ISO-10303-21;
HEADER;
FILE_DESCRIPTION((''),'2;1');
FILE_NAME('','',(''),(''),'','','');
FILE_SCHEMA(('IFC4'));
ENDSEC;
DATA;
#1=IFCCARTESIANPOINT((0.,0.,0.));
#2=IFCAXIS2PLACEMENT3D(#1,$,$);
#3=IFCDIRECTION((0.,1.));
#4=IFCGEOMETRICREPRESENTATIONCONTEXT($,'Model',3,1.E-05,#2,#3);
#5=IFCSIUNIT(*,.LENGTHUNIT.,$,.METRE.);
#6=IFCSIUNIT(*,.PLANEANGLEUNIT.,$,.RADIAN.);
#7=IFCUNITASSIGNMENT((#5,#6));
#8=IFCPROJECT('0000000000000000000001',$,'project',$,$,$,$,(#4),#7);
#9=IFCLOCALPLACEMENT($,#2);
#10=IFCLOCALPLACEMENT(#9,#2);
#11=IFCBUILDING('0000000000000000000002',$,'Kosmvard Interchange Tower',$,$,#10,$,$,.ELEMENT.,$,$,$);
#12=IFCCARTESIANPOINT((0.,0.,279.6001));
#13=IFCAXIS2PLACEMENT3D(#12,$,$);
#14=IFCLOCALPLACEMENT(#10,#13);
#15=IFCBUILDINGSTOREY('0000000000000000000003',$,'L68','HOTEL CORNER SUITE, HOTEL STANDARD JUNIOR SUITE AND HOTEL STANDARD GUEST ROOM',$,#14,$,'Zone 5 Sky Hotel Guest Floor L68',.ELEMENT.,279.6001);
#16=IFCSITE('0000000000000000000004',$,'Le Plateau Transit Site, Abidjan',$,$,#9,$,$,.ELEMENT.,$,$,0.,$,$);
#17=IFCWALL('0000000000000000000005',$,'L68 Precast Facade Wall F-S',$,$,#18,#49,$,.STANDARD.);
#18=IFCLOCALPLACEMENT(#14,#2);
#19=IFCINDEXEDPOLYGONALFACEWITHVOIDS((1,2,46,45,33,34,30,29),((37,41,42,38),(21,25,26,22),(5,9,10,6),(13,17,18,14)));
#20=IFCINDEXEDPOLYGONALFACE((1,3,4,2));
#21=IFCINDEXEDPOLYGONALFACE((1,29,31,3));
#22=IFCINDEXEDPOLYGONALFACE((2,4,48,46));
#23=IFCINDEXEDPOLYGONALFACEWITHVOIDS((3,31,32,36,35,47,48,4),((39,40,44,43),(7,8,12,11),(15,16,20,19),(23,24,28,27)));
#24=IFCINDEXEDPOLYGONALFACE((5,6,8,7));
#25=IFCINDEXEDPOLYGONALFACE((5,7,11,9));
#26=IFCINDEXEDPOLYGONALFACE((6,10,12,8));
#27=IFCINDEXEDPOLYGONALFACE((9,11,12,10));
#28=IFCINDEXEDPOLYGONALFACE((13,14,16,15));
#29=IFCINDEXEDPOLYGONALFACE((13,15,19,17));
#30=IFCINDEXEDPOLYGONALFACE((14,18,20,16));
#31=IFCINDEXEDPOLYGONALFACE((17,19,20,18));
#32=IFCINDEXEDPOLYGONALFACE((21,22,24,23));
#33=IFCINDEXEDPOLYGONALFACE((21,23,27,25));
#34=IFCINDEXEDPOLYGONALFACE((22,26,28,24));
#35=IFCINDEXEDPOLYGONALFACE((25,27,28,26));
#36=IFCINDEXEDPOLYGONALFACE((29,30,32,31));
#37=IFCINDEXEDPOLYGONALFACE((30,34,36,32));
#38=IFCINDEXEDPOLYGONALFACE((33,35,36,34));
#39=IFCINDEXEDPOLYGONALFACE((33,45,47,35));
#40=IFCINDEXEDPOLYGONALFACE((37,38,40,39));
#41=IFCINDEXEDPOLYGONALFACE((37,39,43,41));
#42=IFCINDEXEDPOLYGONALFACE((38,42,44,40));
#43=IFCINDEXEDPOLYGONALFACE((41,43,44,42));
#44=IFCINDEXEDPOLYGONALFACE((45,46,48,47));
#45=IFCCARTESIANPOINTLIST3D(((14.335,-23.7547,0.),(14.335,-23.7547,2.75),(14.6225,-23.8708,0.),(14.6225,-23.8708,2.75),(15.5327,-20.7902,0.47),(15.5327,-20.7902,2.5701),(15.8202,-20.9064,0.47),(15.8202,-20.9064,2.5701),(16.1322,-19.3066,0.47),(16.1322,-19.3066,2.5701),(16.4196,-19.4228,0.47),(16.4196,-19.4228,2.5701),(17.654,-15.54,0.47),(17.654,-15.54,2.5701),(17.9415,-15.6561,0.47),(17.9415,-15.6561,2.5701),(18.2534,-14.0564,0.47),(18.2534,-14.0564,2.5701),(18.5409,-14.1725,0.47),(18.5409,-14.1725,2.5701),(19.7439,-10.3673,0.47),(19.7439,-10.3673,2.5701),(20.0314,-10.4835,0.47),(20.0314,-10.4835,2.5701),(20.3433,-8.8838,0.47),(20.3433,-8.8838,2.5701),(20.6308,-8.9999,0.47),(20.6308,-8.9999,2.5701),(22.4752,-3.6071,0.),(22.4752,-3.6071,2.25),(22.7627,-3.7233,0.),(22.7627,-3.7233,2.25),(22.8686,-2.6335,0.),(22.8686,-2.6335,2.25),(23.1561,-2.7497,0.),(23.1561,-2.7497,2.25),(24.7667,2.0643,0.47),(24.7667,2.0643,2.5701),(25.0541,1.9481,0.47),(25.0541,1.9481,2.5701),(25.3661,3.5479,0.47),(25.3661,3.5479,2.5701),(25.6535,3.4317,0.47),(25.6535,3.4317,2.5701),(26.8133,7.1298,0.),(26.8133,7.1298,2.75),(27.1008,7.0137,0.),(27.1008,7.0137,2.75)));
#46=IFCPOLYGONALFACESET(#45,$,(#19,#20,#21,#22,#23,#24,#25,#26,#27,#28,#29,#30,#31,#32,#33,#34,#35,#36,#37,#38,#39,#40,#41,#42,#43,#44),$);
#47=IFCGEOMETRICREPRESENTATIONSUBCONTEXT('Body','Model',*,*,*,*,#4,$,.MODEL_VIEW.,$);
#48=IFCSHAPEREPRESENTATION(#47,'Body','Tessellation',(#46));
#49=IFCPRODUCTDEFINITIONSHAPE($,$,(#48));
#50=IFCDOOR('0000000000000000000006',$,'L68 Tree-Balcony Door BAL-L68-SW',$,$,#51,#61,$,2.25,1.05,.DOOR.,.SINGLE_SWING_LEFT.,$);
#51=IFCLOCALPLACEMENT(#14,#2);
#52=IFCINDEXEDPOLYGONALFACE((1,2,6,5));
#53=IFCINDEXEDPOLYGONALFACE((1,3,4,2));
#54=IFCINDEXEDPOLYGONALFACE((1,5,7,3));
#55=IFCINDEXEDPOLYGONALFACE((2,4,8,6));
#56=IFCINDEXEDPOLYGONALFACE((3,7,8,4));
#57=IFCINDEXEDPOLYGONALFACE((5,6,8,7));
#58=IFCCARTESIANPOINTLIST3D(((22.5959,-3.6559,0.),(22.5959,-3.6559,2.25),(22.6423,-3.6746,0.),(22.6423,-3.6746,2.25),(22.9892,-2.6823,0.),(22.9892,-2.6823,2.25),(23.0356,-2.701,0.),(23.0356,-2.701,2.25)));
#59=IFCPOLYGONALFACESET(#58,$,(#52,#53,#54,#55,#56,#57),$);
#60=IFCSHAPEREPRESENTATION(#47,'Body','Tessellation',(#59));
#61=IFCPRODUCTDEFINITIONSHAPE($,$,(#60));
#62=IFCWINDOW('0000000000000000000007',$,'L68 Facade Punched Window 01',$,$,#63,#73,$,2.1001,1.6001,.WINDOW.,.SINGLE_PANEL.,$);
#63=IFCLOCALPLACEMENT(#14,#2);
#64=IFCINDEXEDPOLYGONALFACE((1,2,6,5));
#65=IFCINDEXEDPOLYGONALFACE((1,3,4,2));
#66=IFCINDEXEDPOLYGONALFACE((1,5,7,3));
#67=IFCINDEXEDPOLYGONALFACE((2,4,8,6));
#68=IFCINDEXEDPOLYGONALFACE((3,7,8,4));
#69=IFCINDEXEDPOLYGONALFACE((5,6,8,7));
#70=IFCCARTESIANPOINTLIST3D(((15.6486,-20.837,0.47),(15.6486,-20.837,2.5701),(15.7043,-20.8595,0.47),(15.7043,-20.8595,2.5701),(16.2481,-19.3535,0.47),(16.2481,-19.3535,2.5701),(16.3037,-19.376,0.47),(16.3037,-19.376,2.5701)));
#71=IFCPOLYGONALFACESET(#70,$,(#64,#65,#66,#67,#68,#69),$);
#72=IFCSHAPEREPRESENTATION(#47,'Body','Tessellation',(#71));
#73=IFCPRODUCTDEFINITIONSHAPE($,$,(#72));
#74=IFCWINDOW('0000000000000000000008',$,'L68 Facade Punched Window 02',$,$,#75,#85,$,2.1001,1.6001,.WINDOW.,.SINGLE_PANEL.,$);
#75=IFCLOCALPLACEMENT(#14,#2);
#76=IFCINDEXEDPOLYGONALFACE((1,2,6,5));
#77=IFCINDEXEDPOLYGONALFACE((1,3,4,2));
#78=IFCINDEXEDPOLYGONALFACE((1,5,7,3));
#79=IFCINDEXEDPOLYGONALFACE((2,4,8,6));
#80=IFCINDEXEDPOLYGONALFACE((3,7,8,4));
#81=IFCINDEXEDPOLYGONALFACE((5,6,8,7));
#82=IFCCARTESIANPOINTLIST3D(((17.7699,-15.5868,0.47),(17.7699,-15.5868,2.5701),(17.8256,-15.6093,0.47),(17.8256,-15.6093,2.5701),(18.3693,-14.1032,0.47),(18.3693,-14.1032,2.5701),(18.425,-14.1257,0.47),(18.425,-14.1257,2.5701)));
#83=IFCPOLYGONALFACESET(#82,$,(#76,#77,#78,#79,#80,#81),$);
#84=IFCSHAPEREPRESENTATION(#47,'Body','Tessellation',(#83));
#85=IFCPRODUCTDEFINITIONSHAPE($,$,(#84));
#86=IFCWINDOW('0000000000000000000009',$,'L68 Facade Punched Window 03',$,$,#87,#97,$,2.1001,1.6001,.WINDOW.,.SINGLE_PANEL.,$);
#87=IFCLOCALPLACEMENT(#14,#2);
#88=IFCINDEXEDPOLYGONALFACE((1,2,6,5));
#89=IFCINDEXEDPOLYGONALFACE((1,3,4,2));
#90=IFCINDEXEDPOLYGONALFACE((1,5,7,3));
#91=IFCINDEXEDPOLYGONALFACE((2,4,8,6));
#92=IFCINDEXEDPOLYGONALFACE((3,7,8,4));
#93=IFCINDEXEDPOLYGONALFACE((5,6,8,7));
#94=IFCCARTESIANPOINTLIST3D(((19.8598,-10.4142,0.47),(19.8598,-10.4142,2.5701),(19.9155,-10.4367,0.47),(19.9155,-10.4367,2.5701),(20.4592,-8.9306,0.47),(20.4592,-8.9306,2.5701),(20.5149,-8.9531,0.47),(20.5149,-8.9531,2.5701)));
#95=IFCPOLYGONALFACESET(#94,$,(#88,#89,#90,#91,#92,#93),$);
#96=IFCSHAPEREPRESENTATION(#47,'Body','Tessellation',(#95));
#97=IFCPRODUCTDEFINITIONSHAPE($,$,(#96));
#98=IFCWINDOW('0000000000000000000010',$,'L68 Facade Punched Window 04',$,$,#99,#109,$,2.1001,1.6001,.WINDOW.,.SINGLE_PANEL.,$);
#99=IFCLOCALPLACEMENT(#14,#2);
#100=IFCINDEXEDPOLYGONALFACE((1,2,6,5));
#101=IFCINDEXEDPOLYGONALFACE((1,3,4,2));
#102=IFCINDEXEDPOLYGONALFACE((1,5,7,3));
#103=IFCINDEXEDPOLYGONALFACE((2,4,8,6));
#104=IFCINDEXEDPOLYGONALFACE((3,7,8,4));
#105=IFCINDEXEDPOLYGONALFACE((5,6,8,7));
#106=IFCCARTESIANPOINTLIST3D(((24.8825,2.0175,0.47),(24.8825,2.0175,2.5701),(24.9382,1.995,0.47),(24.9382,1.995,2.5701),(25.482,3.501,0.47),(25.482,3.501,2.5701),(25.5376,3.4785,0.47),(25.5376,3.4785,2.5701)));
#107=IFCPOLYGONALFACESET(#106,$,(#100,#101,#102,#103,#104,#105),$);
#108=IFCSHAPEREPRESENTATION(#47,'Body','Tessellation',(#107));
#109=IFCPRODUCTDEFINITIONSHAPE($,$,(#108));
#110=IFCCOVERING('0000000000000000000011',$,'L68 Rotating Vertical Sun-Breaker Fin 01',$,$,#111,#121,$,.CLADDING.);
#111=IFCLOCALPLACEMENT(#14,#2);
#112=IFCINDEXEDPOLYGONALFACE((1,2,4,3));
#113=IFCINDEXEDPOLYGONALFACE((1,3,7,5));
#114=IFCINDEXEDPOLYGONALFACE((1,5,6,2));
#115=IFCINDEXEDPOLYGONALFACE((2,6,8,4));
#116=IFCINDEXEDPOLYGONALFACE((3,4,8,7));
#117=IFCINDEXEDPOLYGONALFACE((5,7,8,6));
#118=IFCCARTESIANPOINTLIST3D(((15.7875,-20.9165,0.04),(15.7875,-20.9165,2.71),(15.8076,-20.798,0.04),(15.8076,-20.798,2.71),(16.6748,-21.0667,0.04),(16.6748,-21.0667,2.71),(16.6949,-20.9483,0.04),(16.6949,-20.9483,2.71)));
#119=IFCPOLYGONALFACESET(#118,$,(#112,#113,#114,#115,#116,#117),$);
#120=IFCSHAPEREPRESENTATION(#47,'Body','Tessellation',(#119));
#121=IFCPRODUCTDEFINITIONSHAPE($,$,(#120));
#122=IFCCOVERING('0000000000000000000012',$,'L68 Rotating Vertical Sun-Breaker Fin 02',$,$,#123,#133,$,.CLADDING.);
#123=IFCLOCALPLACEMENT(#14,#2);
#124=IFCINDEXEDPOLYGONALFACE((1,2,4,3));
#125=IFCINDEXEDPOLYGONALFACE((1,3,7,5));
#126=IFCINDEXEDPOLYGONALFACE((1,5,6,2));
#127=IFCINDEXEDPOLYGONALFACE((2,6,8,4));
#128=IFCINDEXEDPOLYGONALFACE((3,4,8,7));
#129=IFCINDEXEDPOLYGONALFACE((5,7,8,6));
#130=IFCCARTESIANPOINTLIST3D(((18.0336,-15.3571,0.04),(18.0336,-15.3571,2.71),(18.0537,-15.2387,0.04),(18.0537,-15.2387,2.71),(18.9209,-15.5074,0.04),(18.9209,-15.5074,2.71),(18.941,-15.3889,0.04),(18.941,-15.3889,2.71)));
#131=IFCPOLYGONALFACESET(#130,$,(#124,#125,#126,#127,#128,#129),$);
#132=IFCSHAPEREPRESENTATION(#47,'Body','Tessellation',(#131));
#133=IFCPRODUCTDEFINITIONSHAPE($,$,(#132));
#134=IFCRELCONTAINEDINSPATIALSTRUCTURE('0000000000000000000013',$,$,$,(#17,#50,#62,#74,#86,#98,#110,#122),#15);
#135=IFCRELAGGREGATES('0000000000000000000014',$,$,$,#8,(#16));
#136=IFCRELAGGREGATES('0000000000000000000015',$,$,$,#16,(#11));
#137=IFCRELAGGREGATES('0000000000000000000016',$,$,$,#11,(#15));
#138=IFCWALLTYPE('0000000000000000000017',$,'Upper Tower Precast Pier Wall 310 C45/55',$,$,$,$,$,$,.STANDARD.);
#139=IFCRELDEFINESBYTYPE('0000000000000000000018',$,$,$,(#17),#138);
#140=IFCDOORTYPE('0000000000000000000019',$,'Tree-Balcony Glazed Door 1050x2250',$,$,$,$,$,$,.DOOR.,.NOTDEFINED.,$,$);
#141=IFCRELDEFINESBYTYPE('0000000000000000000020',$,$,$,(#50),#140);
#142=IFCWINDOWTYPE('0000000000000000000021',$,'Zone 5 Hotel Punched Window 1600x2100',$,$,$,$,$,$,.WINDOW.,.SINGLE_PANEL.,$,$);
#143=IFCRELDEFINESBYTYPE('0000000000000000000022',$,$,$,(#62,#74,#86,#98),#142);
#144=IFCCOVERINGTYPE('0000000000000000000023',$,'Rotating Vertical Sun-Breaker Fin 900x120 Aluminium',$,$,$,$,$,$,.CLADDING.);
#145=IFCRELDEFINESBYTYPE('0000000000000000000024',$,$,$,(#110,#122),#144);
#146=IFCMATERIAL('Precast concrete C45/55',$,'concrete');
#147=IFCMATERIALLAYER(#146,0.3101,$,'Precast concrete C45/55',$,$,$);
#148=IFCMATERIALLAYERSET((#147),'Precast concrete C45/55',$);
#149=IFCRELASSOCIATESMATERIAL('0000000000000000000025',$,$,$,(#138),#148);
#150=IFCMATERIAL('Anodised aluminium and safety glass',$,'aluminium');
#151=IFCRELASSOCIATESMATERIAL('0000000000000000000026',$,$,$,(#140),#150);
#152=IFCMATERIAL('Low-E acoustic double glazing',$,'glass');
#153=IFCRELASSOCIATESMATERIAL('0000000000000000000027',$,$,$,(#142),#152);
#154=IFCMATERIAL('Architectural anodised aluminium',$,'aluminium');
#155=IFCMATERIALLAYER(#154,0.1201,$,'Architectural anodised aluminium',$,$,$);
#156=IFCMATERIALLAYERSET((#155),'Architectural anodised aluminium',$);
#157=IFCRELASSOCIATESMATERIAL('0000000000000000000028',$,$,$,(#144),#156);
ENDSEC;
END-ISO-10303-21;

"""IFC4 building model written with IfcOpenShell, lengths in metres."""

from ifc_helpers import new_model, si_unit, direction, frame, frame_2d, origin, origin_2d, place, context, subcontext, project, spatial, rectangle, extrude, source, transform, mapped, material, layer, layer_set, type_object, element, fill, save


model = new_model("IFC4")

# Units and contexts
model_context = context("Model", 3, precision=1e-05, world=origin(), true_north=direction((0.0, 1.0)))
body_context = subcontext(model_context, "Body", "Model", "MODEL_VIEW")
ifc_project = project(units=[si_unit("LENGTHUNIT", "METRE"), si_unit("PLANEANGLEUNIT", "RADIAN")], contexts=[model_context])

# Site, building, storey
site_placement = place(None, origin())
site = spatial("IfcSite", under=ifc_project, at=site_placement, Name="Le Plateau Transit Site, Abidjan", CompositionType="ELEMENT", RefElevation=0.0)
building_placement = place(site_placement, origin())
building = spatial("IfcBuilding", under=site, at=building_placement, Name="Kosmvard Interchange Tower", CompositionType="ELEMENT")
storey_placement = place(building_placement, frame((0.0, 0.0, 279.6001)))
storey = spatial("IfcBuildingStorey", under=building, at=storey_placement, Name="L68", Description="HOTEL CORNER SUITE, HOTEL STANDARD JUNIOR SUITE AND HOTEL STANDARD GUEST ROOM", LongName="Zone 5 Sky Hotel Guest Floor L68", CompositionType="ELEMENT", Elevation=279.6001)

# Wall, openings, door, windows
ifc_material_1 = material(Name="Precast concrete C45/55", Category="concrete")
ifc_layer_1 = layer(ifc_material_1, 0.3101, Name="Precast concrete C45/55")
ifc_layer_set_1 = layer_set([ifc_layer_1], Name="Precast concrete C45/55")
wall_type = type_object("IfcWallType", Name="Upper Tower Precast Pier Wall 310 C45/55", PredefinedType="STANDARD", material=ifc_layer_set_1)
wall_placement = place(storey_placement, frame((14.4788, -23.8127, 0.0), z_axis=(0.0, 0.0, 1.0), x_axis=(0.37461, 0.927183, 0.0)))
wall = element("IfcWall", 1, at=wall_placement, inside=storey, type_object=wall_type, Name="L68 Precast Facade Wall F-S", PredefinedType="STANDARD", context=body_context, shape_type="SweptSolid", body=[
    extrude(rectangle(XDim=33.3101, YDim=0.3101, at=frame_2d((16.655, 0.0))), origin(), (0.0, 0.0, 1.0), 2.75),
])
opening_1_placement = place(wall_placement, frame((21.73, 0.0, 0.0)))
opening_1 = element("IfcOpeningElement", 2, at=opening_1_placement, cuts=wall, PredefinedType="OPENING", context=body_context, shape_type="SweptSolid", body=[
    extrude(rectangle(XDim=1.05, YDim=2.25, at=frame_2d((0.5249, 1.125))), frame((0.0, 0.165, 0.0), z_axis=(0.0, -1.0, 0.0), x_axis=(1.0, 0.0, 0.0)), (0.0, 0.0, 1.0), 0.3301),
])
opening_2_placement = place(wall_placement, frame((3.1973, 0.0, 0.47)))
opening_2 = element("IfcOpeningElement", 3, at=opening_2_placement, cuts=wall, PredefinedType="OPENING", context=body_context, shape_type="SweptSolid", body=[
    extrude(rectangle(XDim=1.6001, YDim=2.1001, at=frame_2d((0.8, 1.05))), frame((0.0, 0.165, 0.0), z_axis=(0.0, -1.0, 0.0), x_axis=(1.0, 0.0, 0.0)), (0.0, 0.0, 1.0), 0.3301),
])
opening_3_placement = place(wall_placement, frame((8.8599, 0.0, 0.47)))
opening_3 = element("IfcOpeningElement", 4, at=opening_3_placement, cuts=wall, PredefinedType="OPENING", context=body_context, shape_type="SweptSolid", body=[
    extrude(rectangle(XDim=1.6001, YDim=2.1001, at=frame_2d((0.8, 1.05))), frame((0.0, 0.165, 0.0), z_axis=(0.0, -1.0, 0.0), x_axis=(1.0, 0.0, 0.0)), (0.0, 0.0, 1.0), 0.3301),
])
opening_4_placement = place(wall_placement, frame((14.4387, 0.0, 0.47)))
opening_4 = element("IfcOpeningElement", 5, at=opening_4_placement, cuts=wall, PredefinedType="OPENING", context=body_context, shape_type="SweptSolid", body=[
    extrude(rectangle(XDim=1.6001, YDim=2.1001, at=frame_2d((0.8, 1.05))), frame((0.0, 0.165, 0.0), z_axis=(0.0, -1.0, 0.0), x_axis=(1.0, 0.0, 0.0)), (0.0, 0.0, 1.0), 0.3301),
])
opening_5_placement = place(wall_placement, frame((27.8467, 0.0, 0.47)))
opening_5 = element("IfcOpeningElement", 6, at=opening_5_placement, cuts=wall, PredefinedType="OPENING", context=body_context, shape_type="SweptSolid", body=[
    extrude(rectangle(XDim=1.6001, YDim=2.1001, at=frame_2d((0.8, 1.05))), frame((0.0, 0.165, 0.0), z_axis=(0.0, -1.0, 0.0), x_axis=(1.0, 0.0, 0.0)), (0.0, 0.0, 1.0), 0.3301),
])
ifc_material_2 = material(Name="Anodised aluminium and safety glass", Category="aluminium")
door_type = type_object("IfcDoorType", Name="Tree-Balcony Glazed Door 1050x2250", OperationType="NOTDEFINED", PredefinedType="DOOR", material=ifc_material_2)
shared_shape_1 = source(origin(), body_context, "Body", "SweptSolid", [
    extrude(rectangle(XDim=1.05, YDim=2.25, at=frame_2d((0.5249, 1.125))), frame((0.0, 0.0249, 0.0), z_axis=(0.0, -1.0, 0.0), x_axis=(1.0, 0.0, 0.0)), (0.0, 0.0, 1.0), 0.05),
])
door_placement = place(opening_1_placement, origin())
door = element("IfcDoor", 7, at=door_placement, inside=storey, type_object=door_type, Name="L68 Tree-Balcony Door BAL-L68-SW", OperationType="SINGLE_SWING_LEFT", OverallHeight=2.25, OverallWidth=1.05, PredefinedType="DOOR", context=body_context, shape_type="MappedRepresentation", body=[
    mapped(shared_shape_1, transform((0.0, 0.0, 0.0), scale=1.0)),
])
fill(opening_1, door)
ifc_material_3 = material(Name="Low-E acoustic double glazing", Category="glass")
window_type = type_object("IfcWindowType", Name="Zone 5 Hotel Punched Window 1600x2100", PartitioningType="SINGLE_PANEL", PredefinedType="WINDOW", material=ifc_material_3)
shared_shape_2 = source(origin(), body_context, "Body", "SweptSolid", [
    extrude(rectangle(XDim=1.6001, YDim=2.1001, at=frame_2d((0.8, 1.05))), frame((0.0, 0.03, 0.0), z_axis=(0.0, -1.0, 0.0), x_axis=(1.0, 0.0, 0.0)), (0.0, 0.0, 1.0), 0.0601),
])
window_1_placement = place(opening_2_placement, origin())
window_1 = element("IfcWindow", 8, at=window_1_placement, inside=storey, type_object=window_type, Name="L68 Facade Punched Window 01", OverallHeight=2.1001, OverallWidth=1.6001, PartitioningType="SINGLE_PANEL", PredefinedType="WINDOW", context=body_context, shape_type="MappedRepresentation", body=[
    mapped(shared_shape_2, transform((0.0, 0.0, 0.0), scale=1.0)),
])
fill(opening_2, window_1)
window_2_placement = place(opening_3_placement, origin())
window_2 = element("IfcWindow", 9, at=window_2_placement, inside=storey, type_object=window_type, Name="L68 Facade Punched Window 02", OverallHeight=2.1001, OverallWidth=1.6001, PartitioningType="SINGLE_PANEL", PredefinedType="WINDOW", context=body_context, shape_type="MappedRepresentation", body=[
    mapped(shared_shape_2, transform((0.0, 0.0, 0.0), scale=1.0)),
])
fill(opening_3, window_2)
window_3_placement = place(opening_4_placement, origin())
window_3 = element("IfcWindow", 10, at=window_3_placement, inside=storey, type_object=window_type, Name="L68 Facade Punched Window 03", OverallHeight=2.1001, OverallWidth=1.6001, PartitioningType="SINGLE_PANEL", PredefinedType="WINDOW", context=body_context, shape_type="MappedRepresentation", body=[
    mapped(shared_shape_2, transform((0.0, 0.0, 0.0), scale=1.0)),
])
fill(opening_4, window_3)
window_4_placement = place(opening_5_placement, origin())
window_4 = element("IfcWindow", 11, at=window_4_placement, inside=storey, type_object=window_type, Name="L68 Facade Punched Window 04", OverallHeight=2.1001, OverallWidth=1.6001, PartitioningType="SINGLE_PANEL", PredefinedType="WINDOW", context=body_context, shape_type="MappedRepresentation", body=[
    mapped(shared_shape_2, transform((0.0, 0.0, 0.0), scale=1.0)),
])
fill(opening_5, window_4)

# Coverings
ifc_material_4 = material(Name="Architectural anodised aluminium", Category="aluminium")
ifc_layer_2 = layer(ifc_material_4, 0.1201, Name="Architectural anodised aluminium")
ifc_layer_set_2 = layer_set([ifc_layer_2], Name="Architectural anodised aluminium")
covering_type = type_object("IfcCoveringType", Name="Rotating Vertical Sun-Breaker Fin 900x120 Aluminium", PredefinedType="CLADDING", material=ifc_layer_set_2)
shared_shape_3 = source(origin(), body_context, "Body", "SweptSolid", [
    extrude(rectangle(XDim=0.8999, YDim=0.1201, at=origin_2d()), origin(), (0.0, 0.0, 1.0), 2.6699),
])
for number, where, z_axis, x_axis, name in (
    (12, (16.2412, -20.9324, 0.04), (0.0, 0.0, 1.0), (0.985967, -0.166941, 0.0), "L68 Rotating Vertical Sun-Breaker Fin 01"),
    (13, (18.4873, -15.373, 0.04), (0.0, 0.0, 1.0), (0.985967, -0.166941, 0.0), "L68 Rotating Vertical Sun-Breaker Fin 02"),
):
    element("IfcCovering", number, at=place(storey_placement, frame(where, z_axis=z_axis, x_axis=x_axis)), inside=storey, type_object=covering_type, Name=name, PredefinedType="CLADDING", context=body_context, shape_type="MappedRepresentation", body=[
        mapped(shared_shape_3, transform((0.0, 0.0, 0.0), scale=1.0)),
    ])

save(model, "model.ifc")
